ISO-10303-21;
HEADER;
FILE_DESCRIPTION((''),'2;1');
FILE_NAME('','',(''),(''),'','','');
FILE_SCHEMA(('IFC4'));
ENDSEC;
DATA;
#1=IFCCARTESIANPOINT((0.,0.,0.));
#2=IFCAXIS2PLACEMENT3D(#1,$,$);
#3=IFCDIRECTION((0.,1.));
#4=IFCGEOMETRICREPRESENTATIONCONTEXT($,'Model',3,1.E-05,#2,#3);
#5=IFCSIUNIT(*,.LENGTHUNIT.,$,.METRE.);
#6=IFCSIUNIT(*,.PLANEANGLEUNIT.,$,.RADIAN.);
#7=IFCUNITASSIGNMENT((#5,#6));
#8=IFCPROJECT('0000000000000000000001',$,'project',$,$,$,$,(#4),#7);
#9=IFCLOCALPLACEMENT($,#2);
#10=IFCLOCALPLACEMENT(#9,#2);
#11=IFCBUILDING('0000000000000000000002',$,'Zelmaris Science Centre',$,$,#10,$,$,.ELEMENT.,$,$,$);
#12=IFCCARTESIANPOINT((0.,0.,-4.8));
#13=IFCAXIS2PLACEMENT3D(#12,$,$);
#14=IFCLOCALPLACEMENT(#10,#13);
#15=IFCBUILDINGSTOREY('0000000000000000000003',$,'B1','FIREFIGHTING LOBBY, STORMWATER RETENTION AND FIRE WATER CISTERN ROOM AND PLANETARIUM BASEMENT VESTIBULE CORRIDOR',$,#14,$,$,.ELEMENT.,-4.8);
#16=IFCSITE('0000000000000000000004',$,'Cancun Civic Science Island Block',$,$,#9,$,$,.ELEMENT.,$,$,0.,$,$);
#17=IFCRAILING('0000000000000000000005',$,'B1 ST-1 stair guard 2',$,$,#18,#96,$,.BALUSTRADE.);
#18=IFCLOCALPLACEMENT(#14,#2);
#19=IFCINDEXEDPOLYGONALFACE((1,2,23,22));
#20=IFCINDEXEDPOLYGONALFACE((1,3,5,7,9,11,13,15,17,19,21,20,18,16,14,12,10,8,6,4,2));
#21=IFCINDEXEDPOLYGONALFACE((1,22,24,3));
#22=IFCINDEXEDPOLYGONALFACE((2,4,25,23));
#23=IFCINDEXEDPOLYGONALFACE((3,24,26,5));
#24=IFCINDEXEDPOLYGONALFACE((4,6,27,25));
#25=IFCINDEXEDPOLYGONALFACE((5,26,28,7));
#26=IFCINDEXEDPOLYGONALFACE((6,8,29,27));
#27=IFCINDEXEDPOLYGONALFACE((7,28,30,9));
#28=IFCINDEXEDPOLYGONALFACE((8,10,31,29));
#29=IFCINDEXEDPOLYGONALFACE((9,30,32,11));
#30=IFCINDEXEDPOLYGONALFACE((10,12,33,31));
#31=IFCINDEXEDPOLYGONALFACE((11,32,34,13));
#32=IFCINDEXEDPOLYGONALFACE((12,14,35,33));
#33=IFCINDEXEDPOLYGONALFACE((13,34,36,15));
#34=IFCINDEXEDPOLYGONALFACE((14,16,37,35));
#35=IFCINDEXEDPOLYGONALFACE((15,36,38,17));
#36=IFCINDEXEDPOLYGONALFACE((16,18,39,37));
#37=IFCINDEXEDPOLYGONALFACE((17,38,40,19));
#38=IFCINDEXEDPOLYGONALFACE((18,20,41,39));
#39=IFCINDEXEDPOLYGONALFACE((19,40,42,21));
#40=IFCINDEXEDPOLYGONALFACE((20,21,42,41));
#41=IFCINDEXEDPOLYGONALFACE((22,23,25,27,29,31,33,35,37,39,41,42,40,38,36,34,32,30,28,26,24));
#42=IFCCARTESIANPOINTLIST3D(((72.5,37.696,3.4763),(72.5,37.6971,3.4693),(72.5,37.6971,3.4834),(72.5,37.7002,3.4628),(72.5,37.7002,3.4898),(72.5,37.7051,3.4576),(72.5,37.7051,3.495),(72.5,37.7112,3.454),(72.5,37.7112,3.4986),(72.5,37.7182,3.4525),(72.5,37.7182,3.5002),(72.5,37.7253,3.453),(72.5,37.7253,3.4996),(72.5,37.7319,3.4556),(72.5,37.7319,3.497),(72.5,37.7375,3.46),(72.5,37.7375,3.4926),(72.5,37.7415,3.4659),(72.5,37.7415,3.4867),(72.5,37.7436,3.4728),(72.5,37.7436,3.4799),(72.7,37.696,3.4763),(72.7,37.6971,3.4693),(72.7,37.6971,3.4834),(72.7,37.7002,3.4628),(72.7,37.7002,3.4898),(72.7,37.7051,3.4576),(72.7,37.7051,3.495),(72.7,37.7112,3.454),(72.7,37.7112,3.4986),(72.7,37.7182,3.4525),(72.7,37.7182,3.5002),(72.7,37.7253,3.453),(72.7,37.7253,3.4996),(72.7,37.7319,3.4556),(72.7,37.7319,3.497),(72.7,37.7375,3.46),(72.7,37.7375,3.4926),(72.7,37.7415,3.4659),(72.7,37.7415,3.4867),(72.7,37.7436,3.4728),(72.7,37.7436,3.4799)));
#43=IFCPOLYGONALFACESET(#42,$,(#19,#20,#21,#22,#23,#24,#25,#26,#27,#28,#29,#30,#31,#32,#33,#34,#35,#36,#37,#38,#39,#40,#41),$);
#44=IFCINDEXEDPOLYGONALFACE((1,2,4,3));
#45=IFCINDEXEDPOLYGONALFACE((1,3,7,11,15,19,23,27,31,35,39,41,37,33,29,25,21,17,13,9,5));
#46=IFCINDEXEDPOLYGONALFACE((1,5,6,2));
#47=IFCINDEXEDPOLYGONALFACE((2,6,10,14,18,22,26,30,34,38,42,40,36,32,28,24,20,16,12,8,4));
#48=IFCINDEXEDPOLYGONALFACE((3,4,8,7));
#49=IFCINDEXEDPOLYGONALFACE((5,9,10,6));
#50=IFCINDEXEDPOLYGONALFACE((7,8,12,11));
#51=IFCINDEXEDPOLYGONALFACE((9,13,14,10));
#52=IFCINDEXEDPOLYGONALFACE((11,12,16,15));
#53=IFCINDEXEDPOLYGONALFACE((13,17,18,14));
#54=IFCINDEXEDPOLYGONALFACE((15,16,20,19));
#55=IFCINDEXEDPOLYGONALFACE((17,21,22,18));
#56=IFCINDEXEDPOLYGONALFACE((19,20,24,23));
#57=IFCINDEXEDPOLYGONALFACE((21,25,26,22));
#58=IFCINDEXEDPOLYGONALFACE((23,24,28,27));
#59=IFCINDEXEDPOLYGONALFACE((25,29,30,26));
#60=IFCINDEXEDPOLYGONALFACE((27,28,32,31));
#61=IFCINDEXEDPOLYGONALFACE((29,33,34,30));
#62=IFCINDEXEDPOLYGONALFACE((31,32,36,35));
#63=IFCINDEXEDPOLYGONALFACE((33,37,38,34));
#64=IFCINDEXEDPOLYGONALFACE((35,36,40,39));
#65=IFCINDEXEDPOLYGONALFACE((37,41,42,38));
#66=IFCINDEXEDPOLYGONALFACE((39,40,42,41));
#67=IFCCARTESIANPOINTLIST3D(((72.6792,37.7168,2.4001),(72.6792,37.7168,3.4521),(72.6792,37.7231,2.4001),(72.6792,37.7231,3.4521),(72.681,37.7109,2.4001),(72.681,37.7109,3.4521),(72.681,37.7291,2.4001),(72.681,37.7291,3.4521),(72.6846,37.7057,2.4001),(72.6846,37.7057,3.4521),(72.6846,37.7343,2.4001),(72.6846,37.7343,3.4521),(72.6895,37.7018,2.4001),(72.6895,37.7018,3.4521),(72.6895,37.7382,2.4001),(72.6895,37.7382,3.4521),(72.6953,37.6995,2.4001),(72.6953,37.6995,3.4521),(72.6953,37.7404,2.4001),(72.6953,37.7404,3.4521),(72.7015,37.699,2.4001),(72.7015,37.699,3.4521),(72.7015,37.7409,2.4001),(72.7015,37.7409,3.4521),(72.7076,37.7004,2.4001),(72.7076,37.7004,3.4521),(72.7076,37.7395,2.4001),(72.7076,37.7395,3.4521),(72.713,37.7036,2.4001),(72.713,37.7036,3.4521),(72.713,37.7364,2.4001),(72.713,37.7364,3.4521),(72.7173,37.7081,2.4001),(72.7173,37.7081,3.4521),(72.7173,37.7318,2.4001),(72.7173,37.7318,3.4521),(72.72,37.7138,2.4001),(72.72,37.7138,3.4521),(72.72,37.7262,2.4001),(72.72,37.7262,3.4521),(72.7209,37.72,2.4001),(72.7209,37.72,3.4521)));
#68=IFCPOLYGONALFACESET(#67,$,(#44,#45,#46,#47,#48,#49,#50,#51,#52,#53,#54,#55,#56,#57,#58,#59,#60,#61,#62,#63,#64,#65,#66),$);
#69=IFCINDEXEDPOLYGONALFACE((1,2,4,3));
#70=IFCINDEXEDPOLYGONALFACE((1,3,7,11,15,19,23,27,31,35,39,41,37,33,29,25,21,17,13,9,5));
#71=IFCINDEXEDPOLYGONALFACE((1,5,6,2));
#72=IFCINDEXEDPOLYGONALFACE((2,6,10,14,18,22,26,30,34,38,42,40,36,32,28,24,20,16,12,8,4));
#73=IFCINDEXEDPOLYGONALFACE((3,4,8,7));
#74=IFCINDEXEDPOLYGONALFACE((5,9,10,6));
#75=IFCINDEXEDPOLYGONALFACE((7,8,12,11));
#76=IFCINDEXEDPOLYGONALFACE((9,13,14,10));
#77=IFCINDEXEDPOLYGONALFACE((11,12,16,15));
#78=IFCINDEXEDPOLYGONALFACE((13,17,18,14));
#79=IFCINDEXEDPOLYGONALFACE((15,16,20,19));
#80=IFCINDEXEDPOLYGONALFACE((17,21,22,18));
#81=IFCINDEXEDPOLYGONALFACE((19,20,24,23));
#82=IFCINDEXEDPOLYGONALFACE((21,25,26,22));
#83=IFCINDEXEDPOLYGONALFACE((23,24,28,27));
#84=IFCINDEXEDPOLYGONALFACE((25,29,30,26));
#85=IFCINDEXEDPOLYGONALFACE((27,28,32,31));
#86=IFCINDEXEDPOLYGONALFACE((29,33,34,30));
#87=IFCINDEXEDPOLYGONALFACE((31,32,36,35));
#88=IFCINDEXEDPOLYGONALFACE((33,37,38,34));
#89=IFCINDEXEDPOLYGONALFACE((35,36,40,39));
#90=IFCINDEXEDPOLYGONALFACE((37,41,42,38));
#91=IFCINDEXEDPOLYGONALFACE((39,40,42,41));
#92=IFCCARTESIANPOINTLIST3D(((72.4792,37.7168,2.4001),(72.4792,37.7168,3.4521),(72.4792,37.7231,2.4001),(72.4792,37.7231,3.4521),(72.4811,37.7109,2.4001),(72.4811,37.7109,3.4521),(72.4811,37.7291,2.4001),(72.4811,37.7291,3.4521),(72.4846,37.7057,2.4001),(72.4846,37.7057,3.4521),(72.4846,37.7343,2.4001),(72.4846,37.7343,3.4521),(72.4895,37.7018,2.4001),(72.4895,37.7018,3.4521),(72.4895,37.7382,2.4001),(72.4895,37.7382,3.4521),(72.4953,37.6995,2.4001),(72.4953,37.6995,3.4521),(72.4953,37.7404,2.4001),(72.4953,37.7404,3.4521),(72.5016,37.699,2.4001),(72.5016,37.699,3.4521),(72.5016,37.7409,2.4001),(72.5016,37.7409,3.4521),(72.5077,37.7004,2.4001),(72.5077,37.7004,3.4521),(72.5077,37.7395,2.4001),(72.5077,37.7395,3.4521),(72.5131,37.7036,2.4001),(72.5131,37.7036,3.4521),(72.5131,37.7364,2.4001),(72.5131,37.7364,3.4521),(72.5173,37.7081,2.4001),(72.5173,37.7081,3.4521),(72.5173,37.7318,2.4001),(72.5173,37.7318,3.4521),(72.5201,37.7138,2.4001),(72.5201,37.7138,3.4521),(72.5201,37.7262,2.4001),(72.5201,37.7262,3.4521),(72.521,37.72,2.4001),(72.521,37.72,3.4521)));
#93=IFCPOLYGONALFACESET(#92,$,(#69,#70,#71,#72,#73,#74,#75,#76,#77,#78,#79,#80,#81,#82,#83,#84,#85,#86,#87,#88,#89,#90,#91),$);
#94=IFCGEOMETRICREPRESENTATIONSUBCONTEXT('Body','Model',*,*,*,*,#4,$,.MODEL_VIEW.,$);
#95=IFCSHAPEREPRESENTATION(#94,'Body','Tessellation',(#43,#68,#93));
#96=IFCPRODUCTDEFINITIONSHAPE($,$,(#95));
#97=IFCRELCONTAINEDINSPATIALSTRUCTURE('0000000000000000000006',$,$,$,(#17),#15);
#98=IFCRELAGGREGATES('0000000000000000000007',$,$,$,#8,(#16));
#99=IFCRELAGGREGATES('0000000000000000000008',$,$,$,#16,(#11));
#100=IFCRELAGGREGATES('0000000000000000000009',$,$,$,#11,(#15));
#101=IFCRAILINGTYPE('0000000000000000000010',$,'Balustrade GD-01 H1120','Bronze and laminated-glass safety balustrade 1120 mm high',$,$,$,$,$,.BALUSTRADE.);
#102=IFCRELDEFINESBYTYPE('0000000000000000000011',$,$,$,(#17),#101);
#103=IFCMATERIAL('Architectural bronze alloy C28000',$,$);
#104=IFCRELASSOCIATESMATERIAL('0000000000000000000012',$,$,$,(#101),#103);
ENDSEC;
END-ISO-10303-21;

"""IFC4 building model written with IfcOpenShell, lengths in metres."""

from ifc_helpers import new_model, si_unit, direction, frame, origin, origin_2d, place, context, subcontext, project, spatial, circle, extrude, material, type_object, element, save


model = new_model("IFC4")

# Units and contexts
model_context = context("Model", 3, precision=1e-05, world=origin(), true_north=direction((0.0, 1.0)))
body_context = subcontext(model_context, "Body", "Model", "MODEL_VIEW")
ifc_project = project(units=[si_unit("LENGTHUNIT", "METRE"), si_unit("PLANEANGLEUNIT", "RADIAN")], contexts=[model_context])

# Site, building, storey
site_placement = place(None, origin())
site = spatial("IfcSite", under=ifc_project, at=site_placement, Name="Cancun Civic Science Island Block", CompositionType="ELEMENT", RefElevation=0.0)
building_placement = place(site_placement, origin())
building = spatial("IfcBuilding", under=site, at=building_placement, Name="Zelmaris Science Centre", CompositionType="ELEMENT")
storey_placement = place(building_placement, frame((0.0, 0.0, -4.8)))
storey = spatial("IfcBuildingStorey", under=building, at=storey_placement, Name="B1", Description="FIREFIGHTING LOBBY, STORMWATER RETENTION AND FIRE WATER CISTERN ROOM AND PLANETARIUM BASEMENT VESTIBULE CORRIDOR", CompositionType="ELEMENT", Elevation=-4.8)

# Railing
ifc_material_1 = material(Name="Architectural bronze alloy C28000")
railing_type_1 = type_object("IfcRailingType", Name="Balustrade GD-01 H1120", Description="Bronze and laminated-glass safety balustrade 1120 mm high", PredefinedType="BALUSTRADE", material=ifc_material_1)
railing_1_placement = place(storey_placement, frame((72.7, 37.72, 2.4001)))
element("IfcRailing", 1, at=railing_1_placement, inside=storey, type_object=railing_type_1, Name="B1 ST-1 stair guard 2", PredefinedType="BALUSTRADE", context=body_context, shape_type="SweptSolid", body=[
    extrude(circle(Radius=0.0239, at=origin_2d()), frame((0.0, 0.0, 1.0762), z_axis=(-1.0, 0.0, 0.0), x_axis=(0.0, -1.0, 0.0)), (0.0, 0.0, 1.0), 0.2),
    extrude(circle(Radius=0.021, at=origin_2d()), origin(), (0.0, 0.0, 1.0), 1.052),
    extrude(circle(Radius=0.021, at=origin_2d()), frame((-0.2, 0.0, 0.0)), (0.0, 0.0, 1.0), 1.052),
])

save(model, "model.ifc")
